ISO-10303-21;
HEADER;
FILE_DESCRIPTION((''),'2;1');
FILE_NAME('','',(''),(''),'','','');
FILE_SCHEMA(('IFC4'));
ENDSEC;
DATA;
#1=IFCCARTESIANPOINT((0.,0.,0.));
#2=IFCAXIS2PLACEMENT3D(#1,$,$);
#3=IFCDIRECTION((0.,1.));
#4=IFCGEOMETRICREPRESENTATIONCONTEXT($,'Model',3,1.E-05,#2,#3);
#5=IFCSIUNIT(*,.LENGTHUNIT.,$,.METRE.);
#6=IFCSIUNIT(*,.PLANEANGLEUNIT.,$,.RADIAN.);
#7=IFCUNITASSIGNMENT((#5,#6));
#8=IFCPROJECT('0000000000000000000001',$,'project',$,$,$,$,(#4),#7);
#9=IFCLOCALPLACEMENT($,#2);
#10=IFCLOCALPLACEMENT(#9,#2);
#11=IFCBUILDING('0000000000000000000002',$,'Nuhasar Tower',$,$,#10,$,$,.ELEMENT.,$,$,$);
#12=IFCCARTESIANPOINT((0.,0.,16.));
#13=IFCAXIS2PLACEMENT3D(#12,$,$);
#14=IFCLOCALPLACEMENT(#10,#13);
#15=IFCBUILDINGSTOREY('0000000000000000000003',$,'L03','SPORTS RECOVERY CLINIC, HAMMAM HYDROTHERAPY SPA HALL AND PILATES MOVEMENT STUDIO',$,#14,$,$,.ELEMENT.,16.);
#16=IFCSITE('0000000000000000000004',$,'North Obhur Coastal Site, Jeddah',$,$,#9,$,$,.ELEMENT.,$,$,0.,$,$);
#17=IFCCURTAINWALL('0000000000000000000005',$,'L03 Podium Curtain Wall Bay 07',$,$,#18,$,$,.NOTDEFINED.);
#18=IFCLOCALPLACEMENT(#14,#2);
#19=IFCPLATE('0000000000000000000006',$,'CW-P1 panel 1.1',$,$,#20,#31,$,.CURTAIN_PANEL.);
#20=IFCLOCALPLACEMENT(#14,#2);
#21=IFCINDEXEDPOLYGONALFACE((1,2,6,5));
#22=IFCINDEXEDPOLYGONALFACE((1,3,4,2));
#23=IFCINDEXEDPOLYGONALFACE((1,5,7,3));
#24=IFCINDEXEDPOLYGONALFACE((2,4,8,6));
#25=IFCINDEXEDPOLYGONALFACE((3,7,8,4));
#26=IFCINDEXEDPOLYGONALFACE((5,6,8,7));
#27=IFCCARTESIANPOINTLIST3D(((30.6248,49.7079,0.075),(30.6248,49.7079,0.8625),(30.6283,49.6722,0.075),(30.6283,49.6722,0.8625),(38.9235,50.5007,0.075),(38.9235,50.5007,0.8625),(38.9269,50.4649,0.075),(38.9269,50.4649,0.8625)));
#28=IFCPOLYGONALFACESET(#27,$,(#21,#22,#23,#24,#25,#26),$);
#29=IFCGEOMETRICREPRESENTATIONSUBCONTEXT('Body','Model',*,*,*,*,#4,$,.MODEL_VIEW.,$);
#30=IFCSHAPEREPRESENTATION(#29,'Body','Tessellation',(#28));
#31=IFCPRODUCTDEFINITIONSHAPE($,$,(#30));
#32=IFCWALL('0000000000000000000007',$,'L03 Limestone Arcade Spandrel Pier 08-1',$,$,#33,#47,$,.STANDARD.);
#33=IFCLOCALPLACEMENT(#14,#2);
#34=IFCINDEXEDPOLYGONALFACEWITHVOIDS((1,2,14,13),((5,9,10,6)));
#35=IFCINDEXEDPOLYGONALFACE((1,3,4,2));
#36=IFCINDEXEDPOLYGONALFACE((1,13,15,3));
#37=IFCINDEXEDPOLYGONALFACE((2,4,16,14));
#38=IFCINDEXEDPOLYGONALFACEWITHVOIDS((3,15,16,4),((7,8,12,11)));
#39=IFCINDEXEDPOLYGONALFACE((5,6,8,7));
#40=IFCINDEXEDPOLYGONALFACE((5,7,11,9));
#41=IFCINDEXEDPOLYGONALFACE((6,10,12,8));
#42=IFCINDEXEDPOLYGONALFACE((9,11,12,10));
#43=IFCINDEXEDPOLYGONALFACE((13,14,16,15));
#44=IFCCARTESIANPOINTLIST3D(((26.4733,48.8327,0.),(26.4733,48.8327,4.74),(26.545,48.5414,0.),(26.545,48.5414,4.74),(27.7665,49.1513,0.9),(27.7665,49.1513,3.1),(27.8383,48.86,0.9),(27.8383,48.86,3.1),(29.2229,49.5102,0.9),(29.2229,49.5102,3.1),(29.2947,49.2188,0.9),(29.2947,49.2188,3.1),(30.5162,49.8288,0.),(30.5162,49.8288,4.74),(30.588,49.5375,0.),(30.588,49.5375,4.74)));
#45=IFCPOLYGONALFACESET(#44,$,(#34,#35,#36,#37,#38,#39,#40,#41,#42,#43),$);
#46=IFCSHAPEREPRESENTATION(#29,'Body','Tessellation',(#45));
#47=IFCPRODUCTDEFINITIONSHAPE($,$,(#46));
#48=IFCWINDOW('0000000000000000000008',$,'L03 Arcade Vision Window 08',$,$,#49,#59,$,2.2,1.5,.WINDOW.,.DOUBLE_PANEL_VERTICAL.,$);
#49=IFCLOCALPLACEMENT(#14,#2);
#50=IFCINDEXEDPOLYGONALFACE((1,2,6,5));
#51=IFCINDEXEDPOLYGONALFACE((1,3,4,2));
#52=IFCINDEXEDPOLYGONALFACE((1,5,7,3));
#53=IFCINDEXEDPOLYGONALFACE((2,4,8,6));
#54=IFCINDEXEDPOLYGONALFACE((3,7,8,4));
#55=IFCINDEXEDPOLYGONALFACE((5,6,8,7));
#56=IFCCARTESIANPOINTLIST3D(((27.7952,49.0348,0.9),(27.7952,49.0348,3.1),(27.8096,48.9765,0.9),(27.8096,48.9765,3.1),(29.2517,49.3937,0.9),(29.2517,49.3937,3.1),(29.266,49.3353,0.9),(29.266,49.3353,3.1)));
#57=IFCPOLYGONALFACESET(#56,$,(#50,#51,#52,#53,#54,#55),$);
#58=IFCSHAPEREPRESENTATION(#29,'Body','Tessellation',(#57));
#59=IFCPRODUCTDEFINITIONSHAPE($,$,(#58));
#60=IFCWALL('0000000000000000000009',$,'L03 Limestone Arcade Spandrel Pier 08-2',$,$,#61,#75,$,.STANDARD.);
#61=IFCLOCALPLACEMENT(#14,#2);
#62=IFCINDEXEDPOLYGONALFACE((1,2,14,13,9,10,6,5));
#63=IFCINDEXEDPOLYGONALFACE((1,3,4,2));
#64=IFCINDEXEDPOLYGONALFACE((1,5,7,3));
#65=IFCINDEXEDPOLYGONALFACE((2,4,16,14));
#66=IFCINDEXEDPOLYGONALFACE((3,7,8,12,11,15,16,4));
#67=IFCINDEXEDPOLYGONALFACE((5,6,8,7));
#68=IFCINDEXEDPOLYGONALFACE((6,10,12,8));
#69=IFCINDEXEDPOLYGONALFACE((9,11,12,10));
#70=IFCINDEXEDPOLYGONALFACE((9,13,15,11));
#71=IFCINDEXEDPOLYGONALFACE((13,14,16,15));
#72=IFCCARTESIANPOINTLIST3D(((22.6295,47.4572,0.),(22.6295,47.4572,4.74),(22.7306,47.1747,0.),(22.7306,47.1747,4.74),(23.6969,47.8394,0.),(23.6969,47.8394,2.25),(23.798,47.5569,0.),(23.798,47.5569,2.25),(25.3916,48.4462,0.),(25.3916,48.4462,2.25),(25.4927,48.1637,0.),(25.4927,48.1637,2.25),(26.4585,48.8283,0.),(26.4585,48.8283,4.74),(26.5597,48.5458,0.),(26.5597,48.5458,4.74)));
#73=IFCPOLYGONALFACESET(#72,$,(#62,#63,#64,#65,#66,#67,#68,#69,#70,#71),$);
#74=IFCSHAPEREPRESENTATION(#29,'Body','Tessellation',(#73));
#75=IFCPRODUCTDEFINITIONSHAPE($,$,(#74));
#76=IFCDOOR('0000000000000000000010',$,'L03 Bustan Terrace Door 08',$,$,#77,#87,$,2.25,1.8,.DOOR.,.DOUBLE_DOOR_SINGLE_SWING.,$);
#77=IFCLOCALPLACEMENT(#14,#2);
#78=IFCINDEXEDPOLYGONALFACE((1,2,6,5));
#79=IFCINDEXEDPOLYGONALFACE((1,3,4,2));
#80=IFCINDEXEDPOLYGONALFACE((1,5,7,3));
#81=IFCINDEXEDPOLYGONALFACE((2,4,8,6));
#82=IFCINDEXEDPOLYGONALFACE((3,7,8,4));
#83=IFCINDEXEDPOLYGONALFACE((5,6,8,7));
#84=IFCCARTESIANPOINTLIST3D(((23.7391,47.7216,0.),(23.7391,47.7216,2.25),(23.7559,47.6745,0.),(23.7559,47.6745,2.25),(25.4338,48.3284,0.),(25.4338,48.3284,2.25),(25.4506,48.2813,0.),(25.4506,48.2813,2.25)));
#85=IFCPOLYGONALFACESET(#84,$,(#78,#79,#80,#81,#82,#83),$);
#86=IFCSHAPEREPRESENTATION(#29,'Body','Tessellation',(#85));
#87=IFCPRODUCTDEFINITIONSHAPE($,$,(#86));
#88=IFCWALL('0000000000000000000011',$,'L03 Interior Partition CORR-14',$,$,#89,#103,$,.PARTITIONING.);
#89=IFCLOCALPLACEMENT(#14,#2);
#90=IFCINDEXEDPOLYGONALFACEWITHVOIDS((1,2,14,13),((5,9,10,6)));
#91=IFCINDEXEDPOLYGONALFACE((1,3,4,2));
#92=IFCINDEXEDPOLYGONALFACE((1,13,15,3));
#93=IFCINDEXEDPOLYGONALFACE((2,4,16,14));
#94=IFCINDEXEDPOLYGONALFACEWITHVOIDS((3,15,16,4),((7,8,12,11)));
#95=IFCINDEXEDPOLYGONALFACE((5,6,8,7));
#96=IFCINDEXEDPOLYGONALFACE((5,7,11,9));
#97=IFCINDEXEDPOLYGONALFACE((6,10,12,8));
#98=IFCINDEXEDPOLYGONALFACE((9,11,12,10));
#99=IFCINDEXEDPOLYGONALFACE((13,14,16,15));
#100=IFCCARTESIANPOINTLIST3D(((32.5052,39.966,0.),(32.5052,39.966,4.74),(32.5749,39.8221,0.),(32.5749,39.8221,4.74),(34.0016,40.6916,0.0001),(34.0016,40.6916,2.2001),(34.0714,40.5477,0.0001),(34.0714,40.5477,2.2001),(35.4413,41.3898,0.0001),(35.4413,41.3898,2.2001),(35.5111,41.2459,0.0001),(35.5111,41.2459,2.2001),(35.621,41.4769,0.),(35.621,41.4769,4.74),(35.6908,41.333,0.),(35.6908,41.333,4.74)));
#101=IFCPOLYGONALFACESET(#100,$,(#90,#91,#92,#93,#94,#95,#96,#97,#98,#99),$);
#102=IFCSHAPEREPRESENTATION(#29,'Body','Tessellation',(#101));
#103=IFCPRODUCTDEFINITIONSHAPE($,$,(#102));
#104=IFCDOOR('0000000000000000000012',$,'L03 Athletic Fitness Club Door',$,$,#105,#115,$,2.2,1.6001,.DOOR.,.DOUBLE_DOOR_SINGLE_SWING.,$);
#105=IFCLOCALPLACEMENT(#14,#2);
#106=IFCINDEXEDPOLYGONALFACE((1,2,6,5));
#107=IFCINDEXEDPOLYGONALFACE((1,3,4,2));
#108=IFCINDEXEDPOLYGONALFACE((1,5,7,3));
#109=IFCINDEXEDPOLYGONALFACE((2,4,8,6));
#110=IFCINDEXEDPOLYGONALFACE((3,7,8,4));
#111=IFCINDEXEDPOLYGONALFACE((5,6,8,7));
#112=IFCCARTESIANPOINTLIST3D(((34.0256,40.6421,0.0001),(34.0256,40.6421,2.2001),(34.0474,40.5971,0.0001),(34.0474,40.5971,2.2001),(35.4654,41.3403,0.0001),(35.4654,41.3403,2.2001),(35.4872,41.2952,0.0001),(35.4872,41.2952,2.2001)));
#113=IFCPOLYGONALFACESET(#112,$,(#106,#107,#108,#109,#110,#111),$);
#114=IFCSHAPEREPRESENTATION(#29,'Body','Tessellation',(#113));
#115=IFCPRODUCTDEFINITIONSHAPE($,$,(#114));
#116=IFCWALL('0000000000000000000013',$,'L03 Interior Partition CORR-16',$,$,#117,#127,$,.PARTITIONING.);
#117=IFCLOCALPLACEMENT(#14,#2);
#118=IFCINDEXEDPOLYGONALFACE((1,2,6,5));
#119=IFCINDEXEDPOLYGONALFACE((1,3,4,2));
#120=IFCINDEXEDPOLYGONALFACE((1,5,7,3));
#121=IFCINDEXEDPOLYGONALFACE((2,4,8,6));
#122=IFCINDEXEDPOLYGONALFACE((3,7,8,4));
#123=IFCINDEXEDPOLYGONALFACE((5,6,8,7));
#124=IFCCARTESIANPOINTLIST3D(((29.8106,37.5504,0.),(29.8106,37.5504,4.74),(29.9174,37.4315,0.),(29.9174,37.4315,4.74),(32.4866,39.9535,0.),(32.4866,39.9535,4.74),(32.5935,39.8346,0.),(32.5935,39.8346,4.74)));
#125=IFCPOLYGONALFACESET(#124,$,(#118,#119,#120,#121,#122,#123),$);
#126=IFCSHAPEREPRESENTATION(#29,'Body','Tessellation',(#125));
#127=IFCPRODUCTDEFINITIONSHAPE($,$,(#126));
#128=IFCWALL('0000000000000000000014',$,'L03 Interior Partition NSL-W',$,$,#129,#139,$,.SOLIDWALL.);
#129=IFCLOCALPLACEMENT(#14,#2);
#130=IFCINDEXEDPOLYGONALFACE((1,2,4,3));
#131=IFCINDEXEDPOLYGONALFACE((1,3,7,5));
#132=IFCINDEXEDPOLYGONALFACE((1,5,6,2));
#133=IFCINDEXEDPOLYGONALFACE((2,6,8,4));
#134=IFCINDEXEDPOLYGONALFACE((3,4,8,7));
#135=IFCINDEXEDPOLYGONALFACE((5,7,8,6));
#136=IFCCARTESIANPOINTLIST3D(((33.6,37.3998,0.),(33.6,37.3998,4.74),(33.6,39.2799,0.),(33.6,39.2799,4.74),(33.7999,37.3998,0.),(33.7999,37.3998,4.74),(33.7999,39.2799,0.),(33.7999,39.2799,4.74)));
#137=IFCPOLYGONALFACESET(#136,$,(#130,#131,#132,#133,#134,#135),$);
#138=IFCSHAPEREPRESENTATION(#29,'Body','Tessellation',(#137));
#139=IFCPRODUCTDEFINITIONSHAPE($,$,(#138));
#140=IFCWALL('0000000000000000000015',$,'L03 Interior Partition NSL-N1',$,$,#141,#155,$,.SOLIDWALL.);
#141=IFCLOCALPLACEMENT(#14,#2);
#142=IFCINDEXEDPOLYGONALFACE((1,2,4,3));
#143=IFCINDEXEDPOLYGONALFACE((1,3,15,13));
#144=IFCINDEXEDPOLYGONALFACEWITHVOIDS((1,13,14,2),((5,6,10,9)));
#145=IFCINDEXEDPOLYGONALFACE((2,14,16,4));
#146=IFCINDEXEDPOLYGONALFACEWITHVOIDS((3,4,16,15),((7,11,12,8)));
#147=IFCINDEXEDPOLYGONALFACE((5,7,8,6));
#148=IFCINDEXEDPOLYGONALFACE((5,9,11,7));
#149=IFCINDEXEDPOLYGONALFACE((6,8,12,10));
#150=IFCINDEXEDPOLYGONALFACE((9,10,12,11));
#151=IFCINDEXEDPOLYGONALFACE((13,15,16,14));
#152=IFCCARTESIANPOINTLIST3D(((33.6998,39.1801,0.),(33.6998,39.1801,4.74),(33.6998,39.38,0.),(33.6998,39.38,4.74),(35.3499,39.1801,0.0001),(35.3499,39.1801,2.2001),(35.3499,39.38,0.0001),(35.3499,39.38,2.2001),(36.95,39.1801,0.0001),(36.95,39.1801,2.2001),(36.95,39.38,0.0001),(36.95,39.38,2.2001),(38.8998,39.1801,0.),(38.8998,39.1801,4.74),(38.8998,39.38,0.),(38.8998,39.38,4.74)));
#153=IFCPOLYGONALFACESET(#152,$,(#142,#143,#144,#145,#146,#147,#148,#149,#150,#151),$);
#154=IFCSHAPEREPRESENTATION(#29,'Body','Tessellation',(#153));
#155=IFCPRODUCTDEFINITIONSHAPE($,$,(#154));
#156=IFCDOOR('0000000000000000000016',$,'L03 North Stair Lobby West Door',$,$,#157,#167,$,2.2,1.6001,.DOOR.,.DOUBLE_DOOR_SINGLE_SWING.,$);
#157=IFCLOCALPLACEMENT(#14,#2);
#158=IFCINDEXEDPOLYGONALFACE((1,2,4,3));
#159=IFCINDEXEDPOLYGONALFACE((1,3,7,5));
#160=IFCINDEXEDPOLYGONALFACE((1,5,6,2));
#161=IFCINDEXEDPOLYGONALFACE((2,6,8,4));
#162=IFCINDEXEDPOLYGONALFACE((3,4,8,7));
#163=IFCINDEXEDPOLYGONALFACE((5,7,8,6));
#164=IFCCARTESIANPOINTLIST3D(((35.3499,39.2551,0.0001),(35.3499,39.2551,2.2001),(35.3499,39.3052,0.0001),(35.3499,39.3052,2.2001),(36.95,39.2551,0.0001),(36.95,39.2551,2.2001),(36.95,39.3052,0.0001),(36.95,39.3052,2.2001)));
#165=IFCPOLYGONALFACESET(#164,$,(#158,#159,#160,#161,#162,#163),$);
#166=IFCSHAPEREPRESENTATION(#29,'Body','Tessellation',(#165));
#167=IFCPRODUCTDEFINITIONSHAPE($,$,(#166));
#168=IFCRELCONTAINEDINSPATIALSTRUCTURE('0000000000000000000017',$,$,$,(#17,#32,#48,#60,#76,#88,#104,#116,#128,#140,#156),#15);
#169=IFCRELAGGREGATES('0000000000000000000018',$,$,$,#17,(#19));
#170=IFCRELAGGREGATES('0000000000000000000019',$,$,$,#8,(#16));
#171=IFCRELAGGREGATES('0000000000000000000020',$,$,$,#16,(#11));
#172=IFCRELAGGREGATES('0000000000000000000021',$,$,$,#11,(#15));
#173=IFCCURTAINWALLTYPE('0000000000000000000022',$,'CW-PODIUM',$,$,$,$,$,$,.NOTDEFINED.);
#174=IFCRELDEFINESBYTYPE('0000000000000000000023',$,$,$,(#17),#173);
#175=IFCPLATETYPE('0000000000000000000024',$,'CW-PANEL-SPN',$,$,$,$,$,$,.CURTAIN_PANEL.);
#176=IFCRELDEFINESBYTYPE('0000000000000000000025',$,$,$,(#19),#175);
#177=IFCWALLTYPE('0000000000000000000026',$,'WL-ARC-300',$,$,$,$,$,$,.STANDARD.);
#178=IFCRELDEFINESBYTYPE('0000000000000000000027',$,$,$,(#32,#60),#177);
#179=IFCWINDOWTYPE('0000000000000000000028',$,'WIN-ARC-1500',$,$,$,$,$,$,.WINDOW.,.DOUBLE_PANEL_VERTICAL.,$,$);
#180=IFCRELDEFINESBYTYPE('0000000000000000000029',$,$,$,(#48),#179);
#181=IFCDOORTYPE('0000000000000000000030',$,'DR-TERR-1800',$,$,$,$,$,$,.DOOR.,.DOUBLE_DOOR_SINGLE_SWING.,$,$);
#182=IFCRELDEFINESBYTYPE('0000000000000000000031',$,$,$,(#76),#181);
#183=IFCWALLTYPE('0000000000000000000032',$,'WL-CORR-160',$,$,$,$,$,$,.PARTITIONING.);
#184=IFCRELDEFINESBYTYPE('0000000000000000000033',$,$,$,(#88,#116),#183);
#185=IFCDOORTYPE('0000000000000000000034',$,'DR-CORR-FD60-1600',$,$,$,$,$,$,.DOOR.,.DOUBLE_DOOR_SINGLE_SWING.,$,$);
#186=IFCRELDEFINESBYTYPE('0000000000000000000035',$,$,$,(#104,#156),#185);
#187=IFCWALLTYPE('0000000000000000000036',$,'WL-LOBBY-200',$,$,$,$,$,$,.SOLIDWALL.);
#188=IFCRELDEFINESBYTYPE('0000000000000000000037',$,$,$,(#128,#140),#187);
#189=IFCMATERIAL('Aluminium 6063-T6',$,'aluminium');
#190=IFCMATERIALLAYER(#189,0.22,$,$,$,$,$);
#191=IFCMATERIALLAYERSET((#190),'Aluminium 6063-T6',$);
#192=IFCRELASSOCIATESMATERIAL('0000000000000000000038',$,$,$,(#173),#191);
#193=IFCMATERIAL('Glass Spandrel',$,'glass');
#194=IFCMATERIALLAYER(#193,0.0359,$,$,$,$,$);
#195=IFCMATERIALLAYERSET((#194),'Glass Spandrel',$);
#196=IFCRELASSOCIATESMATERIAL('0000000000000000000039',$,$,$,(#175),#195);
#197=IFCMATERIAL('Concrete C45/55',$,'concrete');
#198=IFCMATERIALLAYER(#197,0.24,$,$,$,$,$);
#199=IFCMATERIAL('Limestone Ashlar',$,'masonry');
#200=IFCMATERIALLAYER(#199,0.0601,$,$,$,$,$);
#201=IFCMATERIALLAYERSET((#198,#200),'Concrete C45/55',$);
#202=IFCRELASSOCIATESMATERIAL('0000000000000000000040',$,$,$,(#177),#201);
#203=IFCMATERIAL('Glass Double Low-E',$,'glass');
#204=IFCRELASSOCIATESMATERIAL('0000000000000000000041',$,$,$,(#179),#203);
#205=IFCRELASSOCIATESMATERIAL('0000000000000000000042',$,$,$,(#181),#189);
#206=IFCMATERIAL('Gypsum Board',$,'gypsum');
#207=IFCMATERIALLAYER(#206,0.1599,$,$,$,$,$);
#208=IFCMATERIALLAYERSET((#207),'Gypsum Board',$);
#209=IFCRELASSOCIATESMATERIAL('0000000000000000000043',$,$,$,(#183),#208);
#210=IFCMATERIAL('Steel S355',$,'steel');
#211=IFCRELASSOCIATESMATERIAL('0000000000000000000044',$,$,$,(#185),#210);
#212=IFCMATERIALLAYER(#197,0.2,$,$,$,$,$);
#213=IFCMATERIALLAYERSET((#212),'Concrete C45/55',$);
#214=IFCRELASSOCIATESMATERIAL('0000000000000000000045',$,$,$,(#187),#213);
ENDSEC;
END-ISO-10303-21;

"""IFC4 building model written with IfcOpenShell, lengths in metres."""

from ifc_helpers import new_model, si_unit, direction, frame, frame_2d, origin, origin_2d, place, context, subcontext, project, spatial, rectangle, extrude, material, layer, layer_set, type_object, element, fill, aggregate, save


model = new_model("IFC4")

# Units and contexts
model_context = context("Model", 3, precision=1e-05, world=origin(), true_north=direction((0.0, 1.0)))
body_context = subcontext(model_context, "Body", "Model", "MODEL_VIEW")
ifc_project = project(units=[si_unit("LENGTHUNIT", "METRE"), si_unit("PLANEANGLEUNIT", "RADIAN")], contexts=[model_context])

# Site, building, storey
site_placement = place(None, origin())
site = spatial("IfcSite", under=ifc_project, at=site_placement, Name="North Obhur Coastal Site, Jeddah", CompositionType="ELEMENT", RefElevation=0.0)
building_placement = place(site_placement, origin())
building = spatial("IfcBuilding", under=site, at=building_placement, Name="Nuhasar Tower", CompositionType="ELEMENT")
storey_placement = place(building_placement, frame((0.0, 0.0, 16.0)))
storey = spatial("IfcBuildingStorey", under=building, at=storey_placement, Name="L03", Description="SPORTS RECOVERY CLINIC, HAMMAM HYDROTHERAPY SPA HALL AND PILATES MOVEMENT STUDIO", CompositionType="ELEMENT", Elevation=16.0)

# Shared definitions
ifc_material_1 = material(Name="Steel S355", Category="steel")

# Curtain wall
ifc_material_2 = material(Name="Aluminium 6063-T6", Category="aluminium")
ifc_layer_1 = layer(ifc_material_2, 0.22)
ifc_layer_set_1 = layer_set([ifc_layer_1], Name="Aluminium 6063-T6")
curtain_wall_type = type_object("IfcCurtainWallType", Name="CW-PODIUM", PredefinedType="NOTDEFINED", material=ifc_layer_set_1)
curtain_wall_1_placement = place(storey_placement, origin())
curtain_wall_1 = element("IfcCurtainWall", 1, at=curtain_wall_1_placement, inside=storey, type_object=curtain_wall_type, Name="L03 Podium Curtain Wall Bay 07", PredefinedType="NOTDEFINED")

# Plate
ifc_material_3 = material(Name="Glass Double Low-E", Category="glass")
ifc_material_4 = material(Name="Glass Spandrel", Category="glass")
ifc_layer_2 = layer(ifc_material_4, 0.0359)
ifc_layer_set_2 = layer_set([ifc_layer_2], Name="Glass Spandrel")
plate_type_1 = type_object("IfcPlateType", Name="CW-PANEL-SPN", PredefinedType="CURTAIN_PANEL", material=ifc_layer_set_2)
plate_1_placement = place(storey_placement, frame((34.7759, 50.0864, 0.075), z_axis=(0.0, 0.0, 1.0), x_axis=(-0.995468, -0.095093, 0.0)))
plate_1 = element("IfcPlate", 2, at=plate_1_placement, type_object=plate_type_1, Name="CW-P1 panel 1.1", PredefinedType="CURTAIN_PANEL", context=body_context, shape_type="SweptSolid", body=[
    extrude(rectangle(XDim=8.3364, YDim=0.0359, at=origin_2d()), origin(), (0.0, 0.0, 1.0), 0.7876),
])
aggregate(curtain_wall_1, [plate_1])

# Wall, opening, window
ifc_material_5 = material(Name="Concrete C45/55", Category="concrete")
ifc_layer_3 = layer(ifc_material_5, 0.24)
ifc_material_6 = material(Name="Limestone Ashlar", Category="masonry")
ifc_layer_4 = layer(ifc_material_6, 0.0601)
ifc_layer_set_3 = layer_set([ifc_layer_3, ifc_layer_4], Name="Concrete C45/55")
wall_type_1 = type_object("IfcWallType", Name="WL-ARC-300", PredefinedType="STANDARD", material=ifc_layer_set_3)
wall_1_placement = place(storey_placement, frame((26.509, 48.687, 0.0), z_axis=(0.0, 0.0, 1.0), x_axis=(0.970965, 0.239223, 0.0)))
wall_1 = element("IfcWall", 3, at=wall_1_placement, inside=storey, type_object=wall_type_1, Name="L03 Limestone Arcade Spandrel Pier 08-1", PredefinedType="STANDARD", context=body_context, shape_type="SweptSolid", body=[
    extrude(rectangle(XDim=4.1638, YDim=0.3, at=frame_2d((2.082, 0.0))), origin(), (0.0, 0.0, 1.0), 4.74),
])
opening_1_placement = place(wall_1_placement, frame((1.332, 0.0, 0.8999)))
opening_1 = element("IfcOpeningElement", 4, at=opening_1_placement, cuts=wall_1, PredefinedType="OPENING", context=body_context, shape_type="SweptSolid", body=[
    extrude(rectangle(XDim=1.5, YDim=2.2, at=frame_2d((0.75, 1.1001))), frame((0.0, 0.1602, 0.0), z_axis=(0.0, -1.0, 0.0), x_axis=(1.0, 0.0, 0.0)), (0.0, 0.0, 1.0), 0.3201),
])
window_type = type_object("IfcWindowType", Name="WIN-ARC-1500", PartitioningType="DOUBLE_PANEL_VERTICAL", PredefinedType="WINDOW", material=ifc_material_3)
window_placement = place(opening_1_placement, origin())
window = element("IfcWindow", 5, at=window_placement, inside=storey, type_object=window_type, Name="L03 Arcade Vision Window 08", OverallHeight=2.2, OverallWidth=1.5, PartitioningType="DOUBLE_PANEL_VERTICAL", PredefinedType="WINDOW", context=body_context, shape_type="SweptSolid", body=[
    extrude(rectangle(XDim=1.5, YDim=2.2, at=frame_2d((0.75, 1.1001))), frame((0.0, 0.03, 0.0), z_axis=(0.0, -1.0, 0.0), x_axis=(1.0, 0.0, 0.0)), (0.0, 0.0, 1.0), 0.0601),
])
fill(opening_1, window)

# Walls, openings, doors
wall_2_placement = place(storey_placement, frame((22.6799, 47.3159, 0.0), z_axis=(0.0, 0.0, 1.0), x_axis=(0.941465, 0.337112, 0.0)))
wall_2 = element("IfcWall", 6, at=wall_2_placement, inside=storey, type_object=wall_type_1, Name="L03 Limestone Arcade Spandrel Pier 08-2", PredefinedType="STANDARD", context=body_context, shape_type="SweptSolid", body=[
    extrude(rectangle(XDim=4.0671, YDim=0.3, at=frame_2d((2.0337, 0.0))), origin(), (0.0, 0.0, 1.0), 4.74),
])
opening_2_placement = place(wall_2_placement, frame((1.134, 0.0, 0.0)))
opening_2 = element("IfcOpeningElement", 7, at=opening_2_placement, cuts=wall_2, PredefinedType="OPENING", context=body_context, shape_type="SweptSolid", body=[
    extrude(rectangle(XDim=1.8, YDim=2.25, at=frame_2d((0.8999, 1.125))), frame((0.0, 0.1602, 0.0), z_axis=(0.0, -1.0, 0.0), x_axis=(1.0, 0.0, 0.0)), (0.0, 0.0, 1.0), 0.3201),
])
door_type_1 = type_object("IfcDoorType", Name="DR-TERR-1800", OperationType="DOUBLE_DOOR_SINGLE_SWING", PredefinedType="DOOR", material=ifc_material_2)
door_1_placement = place(opening_2_placement, origin())
door_1 = element("IfcDoor", 8, at=door_1_placement, inside=storey, type_object=door_type_1, Name="L03 Bustan Terrace Door 08", OperationType="DOUBLE_DOOR_SINGLE_SWING", OverallHeight=2.25, OverallWidth=1.8, PredefinedType="DOOR", context=body_context, shape_type="SweptSolid", body=[
    extrude(rectangle(XDim=1.8, YDim=2.25, at=frame_2d((0.8999, 1.125))), frame((0.0, 0.0249, 0.0), z_axis=(0.0, -1.0, 0.0), x_axis=(1.0, 0.0, 0.0)), (0.0, 0.0, 1.0), 0.05),
])
fill(opening_2, door_1)
ifc_material_7 = material(Name="Gypsum Board", Category="gypsum")
ifc_layer_5 = layer(ifc_material_7, 0.1599)
ifc_layer_set_4 = layer_set([ifc_layer_5], Name="Gypsum Board")
wall_type_2 = type_object("IfcWallType", Name="WL-CORR-160", PredefinedType="PARTITIONING", material=ifc_layer_set_4)
wall_3_placement = place(storey_placement, frame((32.54, 39.894, 0.0), z_axis=(0.0, 0.0, 1.0), x_axis=(0.89979, 0.436324, 0.0)))
wall_3 = element("IfcWall", 9, at=wall_3_placement, inside=storey, type_object=wall_type_2, Name="L03 Interior Partition CORR-14", PredefinedType="PARTITIONING", context=body_context, shape_type="SweptSolid", body=[
    extrude(rectangle(XDim=3.4629, YDim=0.1599, at=frame_2d((1.7314, 0.0))), origin(), (0.0, 0.0, 1.0), 4.74),
])
opening_3_placement = place(wall_3_placement, frame((1.6631, 0.0, 0.0)))
opening_3 = element("IfcOpeningElement", 10, at=opening_3_placement, cuts=wall_3, PredefinedType="OPENING", context=body_context, shape_type="SweptSolid", body=[
    extrude(rectangle(XDim=1.6001, YDim=2.2, at=frame_2d((0.8, 1.1001))), frame((0.0, 0.0898, 0.0), z_axis=(0.0, -1.0, 0.0), x_axis=(1.0, 0.0, 0.0)), (0.0, 0.0, 1.0), 0.1799),
])
door_type_2 = type_object("IfcDoorType", Name="DR-CORR-FD60-1600", OperationType="DOUBLE_DOOR_SINGLE_SWING", PredefinedType="DOOR", material=ifc_material_1)
door_2_placement = place(opening_3_placement, origin())
door_2 = element("IfcDoor", 11, at=door_2_placement, inside=storey, type_object=door_type_2, Name="L03 Athletic Fitness Club Door", OperationType="DOUBLE_DOOR_SINGLE_SWING", OverallHeight=2.2, OverallWidth=1.6001, PredefinedType="DOOR", context=body_context, shape_type="SweptSolid", body=[
    extrude(rectangle(XDim=1.6001, YDim=2.2, at=frame_2d((0.8, 1.1001))), frame((0.0, 0.0249, 0.0), z_axis=(0.0, -1.0, 0.0), x_axis=(1.0, 0.0, 0.0)), (0.0, 0.0, 1.0), 0.05),
])
fill(opening_3, door_2)

# Walls
wall_4_placement = place(storey_placement, frame((32.54, 39.894, 0.0), z_axis=(0.0, 0.0, 1.0), x_axis=(-0.744033, -0.668143, 0.0)))
element("IfcWall", 12, at=wall_4_placement, inside=storey, type_object=wall_type_2, Name="L03 Interior Partition CORR-16", PredefinedType="PARTITIONING", context=body_context, shape_type="SweptSolid", body=[
    extrude(rectangle(XDim=3.5967, YDim=0.1599, at=frame_2d((1.7983, 0.0))), origin(), (0.0, 0.0, 1.0), 4.74),
])
ifc_layer_6 = layer(ifc_material_5, 0.2)
ifc_layer_set_5 = layer_set([ifc_layer_6], Name="Concrete C45/55")
wall_type_3 = type_object("IfcWallType", Name="WL-LOBBY-200", PredefinedType="SOLIDWALL", material=ifc_layer_set_5)
wall_5_placement = place(storey_placement, frame((33.7, 37.3999, 0.0), z_axis=(0.0, 0.0, 1.0), x_axis=(0.0, 1.0, 0.0)))
element("IfcWall", 13, at=wall_5_placement, inside=storey, type_object=wall_type_3, Name="L03 Interior Partition NSL-W", PredefinedType="SOLIDWALL", context=body_context, shape_type="SweptSolid", body=[
    extrude(rectangle(XDim=1.8801, YDim=0.2, at=frame_2d((0.9399, 0.0))), origin(), (0.0, 0.0, 1.0), 4.74),
])

# Wall, opening, door
wall_6_placement = place(storey_placement, frame((38.8999, 39.28, 0.0), z_axis=(0.0, 0.0, 1.0), x_axis=(-1.0, 0.0, 0.0)))
wall_6 = element("IfcWall", 14, at=wall_6_placement, inside=storey, type_object=wall_type_3, Name="L03 Interior Partition NSL-N1", PredefinedType="SOLIDWALL", context=body_context, shape_type="SweptSolid", body=[
    extrude(rectangle(XDim=5.2, YDim=0.2, at=frame_2d((2.6001, 0.0))), origin(), (0.0, 0.0, 1.0), 4.74),
])
opening_4_placement = place(wall_6_placement, frame((1.95, 0.0, 0.0)))
opening_4 = element("IfcOpeningElement", 15, at=opening_4_placement, cuts=wall_6, PredefinedType="OPENING", context=body_context, shape_type="SweptSolid", body=[
    extrude(rectangle(XDim=1.6001, YDim=2.2, at=frame_2d((0.8, 1.1001))), frame((0.0, 0.1099, 0.0), z_axis=(0.0, -1.0, 0.0), x_axis=(1.0, 0.0, 0.0)), (0.0, 0.0, 1.0), 0.22),
])
door_3_placement = place(opening_4_placement, origin())
door_3 = element("IfcDoor", 16, at=door_3_placement, inside=storey, type_object=door_type_2, Name="L03 North Stair Lobby West Door", OperationType="DOUBLE_DOOR_SINGLE_SWING", OverallHeight=2.2, OverallWidth=1.6001, PredefinedType="DOOR", context=body_context, shape_type="SweptSolid", body=[
    extrude(rectangle(XDim=1.6001, YDim=2.2, at=frame_2d((0.8, 1.1001))), frame((0.0, 0.0249, 0.0), z_axis=(0.0, -1.0, 0.0), x_axis=(1.0, 0.0, 0.0)), (0.0, 0.0, 1.0), 0.05),
])
fill(opening_4, door_3)

save(model, "model.ifc")
